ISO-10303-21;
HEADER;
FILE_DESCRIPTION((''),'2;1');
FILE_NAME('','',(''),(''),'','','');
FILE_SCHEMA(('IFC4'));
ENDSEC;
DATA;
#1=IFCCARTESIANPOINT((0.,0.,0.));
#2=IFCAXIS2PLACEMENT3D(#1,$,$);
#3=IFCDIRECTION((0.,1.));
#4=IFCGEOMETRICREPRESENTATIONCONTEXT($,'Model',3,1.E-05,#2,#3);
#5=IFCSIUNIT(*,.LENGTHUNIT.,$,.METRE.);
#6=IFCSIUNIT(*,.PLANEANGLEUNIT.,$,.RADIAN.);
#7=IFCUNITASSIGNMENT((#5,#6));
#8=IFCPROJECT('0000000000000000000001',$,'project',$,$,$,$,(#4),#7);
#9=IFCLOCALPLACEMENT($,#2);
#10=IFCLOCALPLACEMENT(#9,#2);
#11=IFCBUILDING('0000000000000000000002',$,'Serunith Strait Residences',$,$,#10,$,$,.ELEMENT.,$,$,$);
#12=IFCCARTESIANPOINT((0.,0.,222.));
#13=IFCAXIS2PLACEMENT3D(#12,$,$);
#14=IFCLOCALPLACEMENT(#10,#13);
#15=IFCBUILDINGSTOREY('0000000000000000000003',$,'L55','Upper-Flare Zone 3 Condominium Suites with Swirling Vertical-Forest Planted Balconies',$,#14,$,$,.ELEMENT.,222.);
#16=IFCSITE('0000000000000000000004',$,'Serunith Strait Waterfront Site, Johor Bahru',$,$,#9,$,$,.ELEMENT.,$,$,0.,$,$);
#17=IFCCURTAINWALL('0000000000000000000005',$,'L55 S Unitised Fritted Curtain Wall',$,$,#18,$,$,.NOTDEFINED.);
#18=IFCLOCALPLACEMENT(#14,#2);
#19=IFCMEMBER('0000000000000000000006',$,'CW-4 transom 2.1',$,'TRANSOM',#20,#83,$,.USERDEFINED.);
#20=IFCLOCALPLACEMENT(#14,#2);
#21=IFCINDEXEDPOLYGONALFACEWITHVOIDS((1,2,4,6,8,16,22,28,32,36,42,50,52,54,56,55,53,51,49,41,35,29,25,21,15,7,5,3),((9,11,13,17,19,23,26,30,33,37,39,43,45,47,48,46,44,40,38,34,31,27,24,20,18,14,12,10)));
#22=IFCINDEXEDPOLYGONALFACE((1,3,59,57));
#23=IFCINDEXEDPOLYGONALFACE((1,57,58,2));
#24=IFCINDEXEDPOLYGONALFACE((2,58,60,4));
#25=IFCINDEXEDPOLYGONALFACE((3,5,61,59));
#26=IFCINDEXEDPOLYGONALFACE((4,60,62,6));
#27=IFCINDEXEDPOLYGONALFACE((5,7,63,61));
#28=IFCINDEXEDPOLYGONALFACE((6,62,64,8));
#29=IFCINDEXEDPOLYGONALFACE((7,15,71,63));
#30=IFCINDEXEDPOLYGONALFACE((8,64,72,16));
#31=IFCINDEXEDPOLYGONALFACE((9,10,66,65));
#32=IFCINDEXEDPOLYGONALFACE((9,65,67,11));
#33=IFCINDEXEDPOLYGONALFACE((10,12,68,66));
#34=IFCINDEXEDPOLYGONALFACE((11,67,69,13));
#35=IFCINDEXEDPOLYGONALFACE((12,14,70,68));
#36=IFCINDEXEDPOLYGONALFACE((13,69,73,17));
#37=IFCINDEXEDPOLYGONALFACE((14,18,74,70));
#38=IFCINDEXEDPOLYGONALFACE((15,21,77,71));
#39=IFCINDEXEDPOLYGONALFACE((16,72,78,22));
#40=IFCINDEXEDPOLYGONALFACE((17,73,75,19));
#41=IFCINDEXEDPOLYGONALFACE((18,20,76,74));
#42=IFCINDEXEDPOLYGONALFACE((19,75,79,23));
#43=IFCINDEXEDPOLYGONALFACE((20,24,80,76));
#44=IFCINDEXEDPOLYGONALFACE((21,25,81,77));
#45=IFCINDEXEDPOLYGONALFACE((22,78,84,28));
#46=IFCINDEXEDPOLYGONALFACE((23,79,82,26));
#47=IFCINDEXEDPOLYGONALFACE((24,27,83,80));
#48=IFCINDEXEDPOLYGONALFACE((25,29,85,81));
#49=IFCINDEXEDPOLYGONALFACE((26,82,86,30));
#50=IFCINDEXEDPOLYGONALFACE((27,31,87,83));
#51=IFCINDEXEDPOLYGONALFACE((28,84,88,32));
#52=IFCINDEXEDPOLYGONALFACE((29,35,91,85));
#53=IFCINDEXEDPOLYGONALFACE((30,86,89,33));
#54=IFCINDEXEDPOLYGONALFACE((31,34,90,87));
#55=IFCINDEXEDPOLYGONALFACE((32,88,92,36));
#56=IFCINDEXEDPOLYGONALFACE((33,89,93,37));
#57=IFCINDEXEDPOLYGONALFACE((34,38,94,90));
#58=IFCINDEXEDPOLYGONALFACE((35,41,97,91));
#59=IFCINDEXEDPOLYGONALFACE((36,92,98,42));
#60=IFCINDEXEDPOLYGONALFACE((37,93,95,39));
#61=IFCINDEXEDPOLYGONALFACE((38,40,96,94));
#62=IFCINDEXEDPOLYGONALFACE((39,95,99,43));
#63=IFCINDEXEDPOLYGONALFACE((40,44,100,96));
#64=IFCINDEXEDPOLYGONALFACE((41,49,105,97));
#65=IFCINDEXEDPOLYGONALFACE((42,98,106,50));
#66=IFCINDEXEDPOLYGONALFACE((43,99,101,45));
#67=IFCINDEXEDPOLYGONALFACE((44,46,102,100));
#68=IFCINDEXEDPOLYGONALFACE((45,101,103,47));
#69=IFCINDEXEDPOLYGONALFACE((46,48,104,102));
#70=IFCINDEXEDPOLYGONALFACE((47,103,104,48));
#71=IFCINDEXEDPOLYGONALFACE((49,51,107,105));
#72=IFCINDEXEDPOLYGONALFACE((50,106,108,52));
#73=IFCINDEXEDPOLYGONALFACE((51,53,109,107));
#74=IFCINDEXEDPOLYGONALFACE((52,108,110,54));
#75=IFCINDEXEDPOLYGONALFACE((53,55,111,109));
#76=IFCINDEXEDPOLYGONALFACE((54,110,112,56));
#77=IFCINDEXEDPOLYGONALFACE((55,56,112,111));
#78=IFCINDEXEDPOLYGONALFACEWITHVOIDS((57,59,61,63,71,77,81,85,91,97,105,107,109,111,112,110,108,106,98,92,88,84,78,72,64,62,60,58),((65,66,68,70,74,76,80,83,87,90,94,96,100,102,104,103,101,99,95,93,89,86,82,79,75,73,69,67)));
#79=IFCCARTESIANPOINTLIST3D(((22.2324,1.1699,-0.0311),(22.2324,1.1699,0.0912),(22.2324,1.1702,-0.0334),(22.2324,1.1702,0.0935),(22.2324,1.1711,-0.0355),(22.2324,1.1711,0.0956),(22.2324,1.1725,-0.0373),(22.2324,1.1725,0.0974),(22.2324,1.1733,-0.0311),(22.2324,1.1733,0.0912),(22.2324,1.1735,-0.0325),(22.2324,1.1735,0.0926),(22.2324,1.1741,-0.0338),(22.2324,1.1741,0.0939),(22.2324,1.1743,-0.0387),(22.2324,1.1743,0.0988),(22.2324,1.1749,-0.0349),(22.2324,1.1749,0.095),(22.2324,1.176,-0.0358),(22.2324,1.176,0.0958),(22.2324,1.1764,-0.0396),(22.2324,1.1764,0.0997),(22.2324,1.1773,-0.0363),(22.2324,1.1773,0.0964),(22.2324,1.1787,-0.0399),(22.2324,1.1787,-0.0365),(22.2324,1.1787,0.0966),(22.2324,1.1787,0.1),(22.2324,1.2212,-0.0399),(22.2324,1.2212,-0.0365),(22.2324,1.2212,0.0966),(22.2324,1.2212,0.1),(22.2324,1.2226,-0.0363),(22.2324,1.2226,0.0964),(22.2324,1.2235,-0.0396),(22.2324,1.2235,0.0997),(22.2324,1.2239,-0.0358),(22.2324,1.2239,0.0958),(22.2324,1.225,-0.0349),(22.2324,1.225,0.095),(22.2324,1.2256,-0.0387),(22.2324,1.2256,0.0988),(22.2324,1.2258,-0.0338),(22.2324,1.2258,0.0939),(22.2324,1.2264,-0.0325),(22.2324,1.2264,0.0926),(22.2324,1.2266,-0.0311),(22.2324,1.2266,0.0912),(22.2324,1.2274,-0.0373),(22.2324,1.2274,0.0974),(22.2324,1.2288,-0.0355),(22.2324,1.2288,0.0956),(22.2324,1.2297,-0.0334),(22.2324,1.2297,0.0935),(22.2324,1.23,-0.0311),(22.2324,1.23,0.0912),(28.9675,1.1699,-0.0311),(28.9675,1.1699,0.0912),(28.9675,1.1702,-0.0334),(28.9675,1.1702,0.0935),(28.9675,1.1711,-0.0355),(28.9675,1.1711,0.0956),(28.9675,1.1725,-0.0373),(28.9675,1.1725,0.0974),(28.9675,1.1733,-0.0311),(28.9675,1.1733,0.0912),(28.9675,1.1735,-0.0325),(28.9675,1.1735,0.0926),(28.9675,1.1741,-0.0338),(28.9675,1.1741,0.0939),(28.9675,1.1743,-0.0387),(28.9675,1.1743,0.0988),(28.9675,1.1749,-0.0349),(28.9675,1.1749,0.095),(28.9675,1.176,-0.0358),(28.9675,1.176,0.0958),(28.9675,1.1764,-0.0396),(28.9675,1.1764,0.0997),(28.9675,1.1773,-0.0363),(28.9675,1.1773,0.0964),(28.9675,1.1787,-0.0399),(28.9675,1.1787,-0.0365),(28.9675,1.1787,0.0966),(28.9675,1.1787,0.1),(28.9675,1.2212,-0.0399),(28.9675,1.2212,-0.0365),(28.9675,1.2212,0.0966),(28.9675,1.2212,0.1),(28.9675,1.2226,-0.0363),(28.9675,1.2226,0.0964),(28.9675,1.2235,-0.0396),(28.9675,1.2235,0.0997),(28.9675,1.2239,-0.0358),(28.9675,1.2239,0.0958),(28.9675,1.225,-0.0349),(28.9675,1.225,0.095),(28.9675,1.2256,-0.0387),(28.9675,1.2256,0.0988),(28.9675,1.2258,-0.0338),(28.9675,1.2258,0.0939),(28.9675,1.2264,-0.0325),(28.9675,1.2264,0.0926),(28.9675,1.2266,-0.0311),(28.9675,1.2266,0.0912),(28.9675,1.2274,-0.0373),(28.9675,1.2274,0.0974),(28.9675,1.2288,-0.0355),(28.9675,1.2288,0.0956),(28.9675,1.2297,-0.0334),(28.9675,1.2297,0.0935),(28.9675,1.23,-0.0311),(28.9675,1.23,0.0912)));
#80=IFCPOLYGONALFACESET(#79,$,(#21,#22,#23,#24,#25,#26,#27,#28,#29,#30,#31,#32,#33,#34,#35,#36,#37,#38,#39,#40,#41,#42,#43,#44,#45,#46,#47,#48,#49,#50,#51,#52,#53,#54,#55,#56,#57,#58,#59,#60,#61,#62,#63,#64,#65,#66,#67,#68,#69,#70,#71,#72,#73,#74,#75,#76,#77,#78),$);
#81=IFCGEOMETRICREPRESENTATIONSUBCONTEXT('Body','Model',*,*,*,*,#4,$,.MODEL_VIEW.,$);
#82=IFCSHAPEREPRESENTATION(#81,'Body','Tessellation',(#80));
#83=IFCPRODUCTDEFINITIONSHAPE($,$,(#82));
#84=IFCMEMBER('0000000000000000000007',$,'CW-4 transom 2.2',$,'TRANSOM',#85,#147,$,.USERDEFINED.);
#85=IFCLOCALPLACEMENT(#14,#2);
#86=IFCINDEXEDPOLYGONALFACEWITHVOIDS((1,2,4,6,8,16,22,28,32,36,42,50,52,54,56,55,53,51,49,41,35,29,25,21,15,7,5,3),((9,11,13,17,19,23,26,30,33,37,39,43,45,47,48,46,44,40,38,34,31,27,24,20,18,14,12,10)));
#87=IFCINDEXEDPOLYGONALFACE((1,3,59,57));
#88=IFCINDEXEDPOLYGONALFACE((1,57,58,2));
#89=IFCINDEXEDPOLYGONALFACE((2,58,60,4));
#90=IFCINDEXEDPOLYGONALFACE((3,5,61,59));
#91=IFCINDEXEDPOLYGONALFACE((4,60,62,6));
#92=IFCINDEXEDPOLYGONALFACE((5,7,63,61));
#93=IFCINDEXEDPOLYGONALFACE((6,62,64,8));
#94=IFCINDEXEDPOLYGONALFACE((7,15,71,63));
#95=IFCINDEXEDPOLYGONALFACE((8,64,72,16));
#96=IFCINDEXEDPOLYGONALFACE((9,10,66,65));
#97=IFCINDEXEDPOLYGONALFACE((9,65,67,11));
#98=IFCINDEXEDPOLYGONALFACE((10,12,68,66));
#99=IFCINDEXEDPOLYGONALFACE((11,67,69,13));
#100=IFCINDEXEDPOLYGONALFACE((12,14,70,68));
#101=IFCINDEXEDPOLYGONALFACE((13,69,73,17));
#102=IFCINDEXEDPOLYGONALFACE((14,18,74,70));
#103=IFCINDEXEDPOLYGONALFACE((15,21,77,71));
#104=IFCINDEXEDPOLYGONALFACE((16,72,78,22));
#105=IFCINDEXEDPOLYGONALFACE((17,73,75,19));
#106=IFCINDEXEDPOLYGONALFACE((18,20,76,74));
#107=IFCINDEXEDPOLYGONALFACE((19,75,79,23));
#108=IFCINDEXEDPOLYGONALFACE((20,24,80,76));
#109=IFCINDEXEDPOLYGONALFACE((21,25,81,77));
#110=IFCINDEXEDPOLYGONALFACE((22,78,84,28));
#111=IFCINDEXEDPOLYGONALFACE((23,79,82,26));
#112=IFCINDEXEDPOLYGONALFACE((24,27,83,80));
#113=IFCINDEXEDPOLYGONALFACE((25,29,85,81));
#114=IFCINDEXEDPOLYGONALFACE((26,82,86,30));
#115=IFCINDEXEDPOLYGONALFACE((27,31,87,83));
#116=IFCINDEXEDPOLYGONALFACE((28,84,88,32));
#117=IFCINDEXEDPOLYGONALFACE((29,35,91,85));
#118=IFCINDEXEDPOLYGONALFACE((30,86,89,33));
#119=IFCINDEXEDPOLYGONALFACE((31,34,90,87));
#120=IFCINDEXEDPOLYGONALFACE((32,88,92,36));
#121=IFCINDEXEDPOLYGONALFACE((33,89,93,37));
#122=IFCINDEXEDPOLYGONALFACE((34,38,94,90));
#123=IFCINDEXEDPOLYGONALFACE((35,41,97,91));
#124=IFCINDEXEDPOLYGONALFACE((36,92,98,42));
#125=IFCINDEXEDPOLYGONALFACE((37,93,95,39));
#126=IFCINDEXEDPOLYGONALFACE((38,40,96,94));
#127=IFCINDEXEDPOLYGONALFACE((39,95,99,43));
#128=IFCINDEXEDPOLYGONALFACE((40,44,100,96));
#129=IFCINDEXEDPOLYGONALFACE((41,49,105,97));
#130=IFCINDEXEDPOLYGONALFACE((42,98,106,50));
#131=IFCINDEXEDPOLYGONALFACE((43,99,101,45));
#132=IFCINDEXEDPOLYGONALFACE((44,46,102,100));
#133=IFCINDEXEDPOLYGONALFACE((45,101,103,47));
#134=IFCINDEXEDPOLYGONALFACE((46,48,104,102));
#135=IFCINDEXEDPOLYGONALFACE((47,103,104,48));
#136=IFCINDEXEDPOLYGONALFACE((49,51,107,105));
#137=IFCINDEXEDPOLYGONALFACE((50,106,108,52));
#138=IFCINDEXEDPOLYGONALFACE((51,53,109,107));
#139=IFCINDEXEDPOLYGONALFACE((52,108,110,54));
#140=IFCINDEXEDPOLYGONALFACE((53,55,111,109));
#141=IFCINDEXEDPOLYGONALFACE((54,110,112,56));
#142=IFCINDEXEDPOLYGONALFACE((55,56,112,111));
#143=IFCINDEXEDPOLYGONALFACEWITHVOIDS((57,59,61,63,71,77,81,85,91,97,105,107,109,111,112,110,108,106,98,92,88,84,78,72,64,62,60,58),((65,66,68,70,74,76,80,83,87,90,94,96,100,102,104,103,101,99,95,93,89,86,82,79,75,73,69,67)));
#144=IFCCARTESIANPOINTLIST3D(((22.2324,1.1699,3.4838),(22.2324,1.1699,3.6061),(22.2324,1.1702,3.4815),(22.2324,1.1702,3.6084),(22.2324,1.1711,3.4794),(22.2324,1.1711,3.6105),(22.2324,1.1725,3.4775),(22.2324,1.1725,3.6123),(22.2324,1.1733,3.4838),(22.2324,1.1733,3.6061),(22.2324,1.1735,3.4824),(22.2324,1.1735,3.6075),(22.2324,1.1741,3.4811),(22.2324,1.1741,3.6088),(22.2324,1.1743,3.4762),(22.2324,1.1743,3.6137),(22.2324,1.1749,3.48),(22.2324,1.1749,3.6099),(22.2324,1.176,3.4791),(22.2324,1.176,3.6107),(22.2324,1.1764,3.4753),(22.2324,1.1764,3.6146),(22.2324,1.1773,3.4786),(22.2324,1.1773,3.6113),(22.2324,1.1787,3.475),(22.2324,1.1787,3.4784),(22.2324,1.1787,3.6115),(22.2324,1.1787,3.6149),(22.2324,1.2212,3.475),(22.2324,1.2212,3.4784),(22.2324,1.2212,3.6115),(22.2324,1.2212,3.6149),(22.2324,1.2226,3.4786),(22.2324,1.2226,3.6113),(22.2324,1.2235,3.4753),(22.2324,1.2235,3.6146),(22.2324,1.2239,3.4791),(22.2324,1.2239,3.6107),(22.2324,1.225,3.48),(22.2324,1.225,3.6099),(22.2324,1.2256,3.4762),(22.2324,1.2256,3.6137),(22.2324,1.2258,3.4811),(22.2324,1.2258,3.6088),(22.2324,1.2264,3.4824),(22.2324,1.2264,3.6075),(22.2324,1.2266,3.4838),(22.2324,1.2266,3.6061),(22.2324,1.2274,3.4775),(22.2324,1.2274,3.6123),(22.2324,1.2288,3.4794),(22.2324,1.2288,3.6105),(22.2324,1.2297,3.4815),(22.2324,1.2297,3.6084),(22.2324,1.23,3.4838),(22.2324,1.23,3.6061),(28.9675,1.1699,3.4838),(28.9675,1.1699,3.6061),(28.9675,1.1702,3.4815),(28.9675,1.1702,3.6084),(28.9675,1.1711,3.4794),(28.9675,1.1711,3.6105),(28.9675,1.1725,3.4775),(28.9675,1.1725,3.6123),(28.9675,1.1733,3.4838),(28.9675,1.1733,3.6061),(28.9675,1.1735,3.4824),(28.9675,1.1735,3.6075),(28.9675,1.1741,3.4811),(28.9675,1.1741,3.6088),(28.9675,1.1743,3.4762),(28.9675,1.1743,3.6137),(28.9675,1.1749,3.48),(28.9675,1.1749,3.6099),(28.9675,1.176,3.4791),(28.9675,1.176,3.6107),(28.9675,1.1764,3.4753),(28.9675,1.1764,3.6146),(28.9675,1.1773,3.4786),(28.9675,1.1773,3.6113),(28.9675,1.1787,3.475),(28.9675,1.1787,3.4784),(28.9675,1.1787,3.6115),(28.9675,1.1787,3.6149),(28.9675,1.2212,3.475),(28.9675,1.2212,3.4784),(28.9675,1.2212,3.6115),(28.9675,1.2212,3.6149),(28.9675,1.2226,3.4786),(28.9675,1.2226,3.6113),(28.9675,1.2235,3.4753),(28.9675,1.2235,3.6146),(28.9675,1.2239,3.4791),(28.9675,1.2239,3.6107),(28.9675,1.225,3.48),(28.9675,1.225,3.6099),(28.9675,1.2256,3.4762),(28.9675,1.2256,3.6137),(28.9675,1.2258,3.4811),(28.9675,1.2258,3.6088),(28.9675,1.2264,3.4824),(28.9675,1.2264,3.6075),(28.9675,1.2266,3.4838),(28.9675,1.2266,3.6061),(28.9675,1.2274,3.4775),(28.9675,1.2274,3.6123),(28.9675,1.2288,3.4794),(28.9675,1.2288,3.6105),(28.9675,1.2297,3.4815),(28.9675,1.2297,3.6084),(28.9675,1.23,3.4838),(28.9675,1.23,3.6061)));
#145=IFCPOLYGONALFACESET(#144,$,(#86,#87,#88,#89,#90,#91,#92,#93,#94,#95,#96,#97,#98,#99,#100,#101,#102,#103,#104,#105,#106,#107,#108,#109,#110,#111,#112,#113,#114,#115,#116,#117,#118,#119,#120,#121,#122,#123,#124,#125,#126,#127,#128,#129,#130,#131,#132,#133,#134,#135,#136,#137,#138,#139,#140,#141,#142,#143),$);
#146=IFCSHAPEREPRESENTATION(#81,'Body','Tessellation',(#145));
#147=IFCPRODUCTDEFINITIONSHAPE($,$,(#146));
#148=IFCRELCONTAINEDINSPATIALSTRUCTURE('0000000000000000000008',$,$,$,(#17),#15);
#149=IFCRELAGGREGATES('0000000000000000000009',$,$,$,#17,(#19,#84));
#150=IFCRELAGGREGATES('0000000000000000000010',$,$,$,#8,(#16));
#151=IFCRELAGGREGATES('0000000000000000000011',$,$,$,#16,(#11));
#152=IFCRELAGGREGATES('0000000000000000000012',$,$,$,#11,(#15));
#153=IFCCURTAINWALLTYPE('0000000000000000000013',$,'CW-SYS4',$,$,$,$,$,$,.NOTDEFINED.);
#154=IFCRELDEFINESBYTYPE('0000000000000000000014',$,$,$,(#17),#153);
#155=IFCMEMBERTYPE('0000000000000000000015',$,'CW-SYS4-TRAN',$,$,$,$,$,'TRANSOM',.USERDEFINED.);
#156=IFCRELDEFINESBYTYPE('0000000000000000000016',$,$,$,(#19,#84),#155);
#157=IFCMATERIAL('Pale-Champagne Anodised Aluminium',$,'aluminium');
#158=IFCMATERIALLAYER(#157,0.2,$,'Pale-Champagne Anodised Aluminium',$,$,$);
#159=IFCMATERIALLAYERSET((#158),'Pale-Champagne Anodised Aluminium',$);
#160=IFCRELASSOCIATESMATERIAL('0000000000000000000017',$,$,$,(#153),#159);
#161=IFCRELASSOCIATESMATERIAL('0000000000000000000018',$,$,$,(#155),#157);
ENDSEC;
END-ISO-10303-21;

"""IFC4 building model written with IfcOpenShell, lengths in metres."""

from ifc_helpers import new_model, si_unit, direction, frame, origin, origin_2d, place, context, subcontext, project, spatial, hollow_rectangle, extrude, source, transform, mapped, material, layer, layer_set, material_profile, profile_set, type_object, element, aggregate, save


model = new_model("IFC4")

# Units and contexts
model_context = context("Model", 3, precision=1e-05, world=origin(), true_north=direction((0.0, 1.0)))
body_context = subcontext(model_context, "Body", "Model", "MODEL_VIEW")
ifc_project = project(units=[si_unit("LENGTHUNIT", "METRE"), si_unit("PLANEANGLEUNIT", "RADIAN")], contexts=[model_context])

# Site, building, storey
site_placement = place(None, origin())
site = spatial("IfcSite", under=ifc_project, at=site_placement, Name="Serunith Strait Waterfront Site, Johor Bahru", CompositionType="ELEMENT", RefElevation=0.0)
building_placement = place(site_placement, origin())
building = spatial("IfcBuilding", under=site, at=building_placement, Name="Serunith Strait Residences", CompositionType="ELEMENT")
storey_placement = place(building_placement, frame((0.0, 0.0, 222.0)))
storey = spatial("IfcBuildingStorey", under=building, at=storey_placement, Name="L55", Description="Upper-Flare Zone 3 Condominium Suites with Swirling Vertical-Forest Planted Balconies", CompositionType="ELEMENT", Elevation=222.0)

# Curtain wall, members
ifc_material_1 = material(Name="Pale-Champagne Anodised Aluminium", Category="aluminium")
ifc_layer_1 = layer(ifc_material_1, 0.2, Name="Pale-Champagne Anodised Aluminium")
ifc_layer_set_1 = layer_set([ifc_layer_1], Name="Pale-Champagne Anodised Aluminium")
curtain_wall_type = type_object("IfcCurtainWallType", Name="CW-SYS4", PredefinedType="NOTDEFINED", material=ifc_layer_set_1)
curtain_wall_placement = place(storey_placement, origin())
curtain_wall = element("IfcCurtainWall", 1, at=curtain_wall_placement, inside=storey, type_object=curtain_wall_type, Name="L55 S Unitised Fritted Curtain Wall", PredefinedType="NOTDEFINED")
ifc_material_profile_1 = material_profile(ifc_material_1, hollow_rectangle(XDim=0.0601, YDim=0.1399, WallThickness=0.0034, InnerFilletRadius=0.0054, OuterFilletRadius=0.0088, at=origin_2d()), Name="ALU 140x60x3.5")
ifc_profile_set_1 = profile_set([ifc_material_profile_1], Name="Pale-Champagne Anodised Aluminium")
member_type_1 = type_object("IfcMemberType", Name="CW-SYS4-TRAN", ElementType="TRANSOM", PredefinedType="USERDEFINED", material=ifc_profile_set_1)
shared_shape_1 = source(origin(), body_context, "Body", "SweptSolid", [
    extrude(hollow_rectangle(XDim=0.0601, YDim=0.1399, WallThickness=0.0034, InnerFilletRadius=0.0054, OuterFilletRadius=0.0088, at=origin_2d()), origin(), (0.0, 0.0, 1.0), 6.7351),
])
member_1_placement = place(storey_placement, frame((22.2324, 1.2, 0.03), z_axis=(1.0, 0.0, 0.0), x_axis=(0.0, 1.0, 0.0)))
member_1 = element("IfcMember", 2, at=member_1_placement, type_object=member_type_1, Name="CW-4 transom 2.1", ObjectType="TRANSOM", PredefinedType="USERDEFINED", context=body_context, shape_type="MappedRepresentation", body=[
    mapped(shared_shape_1, transform((0.0, 0.0, 0.0), scale=1.0)),
])
member_2_placement = place(storey_placement, frame((22.2324, 1.2, 3.5449), z_axis=(1.0, 0.0, 0.0), x_axis=(0.0, 1.0, 0.0)))
member_2 = element("IfcMember", 3, at=member_2_placement, type_object=member_type_1, Name="CW-4 transom 2.2", ObjectType="TRANSOM", PredefinedType="USERDEFINED", context=body_context, shape_type="MappedRepresentation", body=[
    mapped(shared_shape_1, transform((0.0, 0.0, 0.0), scale=1.0)),
])
aggregate(curtain_wall, [member_1, member_2])

save(model, "model.ifc")
